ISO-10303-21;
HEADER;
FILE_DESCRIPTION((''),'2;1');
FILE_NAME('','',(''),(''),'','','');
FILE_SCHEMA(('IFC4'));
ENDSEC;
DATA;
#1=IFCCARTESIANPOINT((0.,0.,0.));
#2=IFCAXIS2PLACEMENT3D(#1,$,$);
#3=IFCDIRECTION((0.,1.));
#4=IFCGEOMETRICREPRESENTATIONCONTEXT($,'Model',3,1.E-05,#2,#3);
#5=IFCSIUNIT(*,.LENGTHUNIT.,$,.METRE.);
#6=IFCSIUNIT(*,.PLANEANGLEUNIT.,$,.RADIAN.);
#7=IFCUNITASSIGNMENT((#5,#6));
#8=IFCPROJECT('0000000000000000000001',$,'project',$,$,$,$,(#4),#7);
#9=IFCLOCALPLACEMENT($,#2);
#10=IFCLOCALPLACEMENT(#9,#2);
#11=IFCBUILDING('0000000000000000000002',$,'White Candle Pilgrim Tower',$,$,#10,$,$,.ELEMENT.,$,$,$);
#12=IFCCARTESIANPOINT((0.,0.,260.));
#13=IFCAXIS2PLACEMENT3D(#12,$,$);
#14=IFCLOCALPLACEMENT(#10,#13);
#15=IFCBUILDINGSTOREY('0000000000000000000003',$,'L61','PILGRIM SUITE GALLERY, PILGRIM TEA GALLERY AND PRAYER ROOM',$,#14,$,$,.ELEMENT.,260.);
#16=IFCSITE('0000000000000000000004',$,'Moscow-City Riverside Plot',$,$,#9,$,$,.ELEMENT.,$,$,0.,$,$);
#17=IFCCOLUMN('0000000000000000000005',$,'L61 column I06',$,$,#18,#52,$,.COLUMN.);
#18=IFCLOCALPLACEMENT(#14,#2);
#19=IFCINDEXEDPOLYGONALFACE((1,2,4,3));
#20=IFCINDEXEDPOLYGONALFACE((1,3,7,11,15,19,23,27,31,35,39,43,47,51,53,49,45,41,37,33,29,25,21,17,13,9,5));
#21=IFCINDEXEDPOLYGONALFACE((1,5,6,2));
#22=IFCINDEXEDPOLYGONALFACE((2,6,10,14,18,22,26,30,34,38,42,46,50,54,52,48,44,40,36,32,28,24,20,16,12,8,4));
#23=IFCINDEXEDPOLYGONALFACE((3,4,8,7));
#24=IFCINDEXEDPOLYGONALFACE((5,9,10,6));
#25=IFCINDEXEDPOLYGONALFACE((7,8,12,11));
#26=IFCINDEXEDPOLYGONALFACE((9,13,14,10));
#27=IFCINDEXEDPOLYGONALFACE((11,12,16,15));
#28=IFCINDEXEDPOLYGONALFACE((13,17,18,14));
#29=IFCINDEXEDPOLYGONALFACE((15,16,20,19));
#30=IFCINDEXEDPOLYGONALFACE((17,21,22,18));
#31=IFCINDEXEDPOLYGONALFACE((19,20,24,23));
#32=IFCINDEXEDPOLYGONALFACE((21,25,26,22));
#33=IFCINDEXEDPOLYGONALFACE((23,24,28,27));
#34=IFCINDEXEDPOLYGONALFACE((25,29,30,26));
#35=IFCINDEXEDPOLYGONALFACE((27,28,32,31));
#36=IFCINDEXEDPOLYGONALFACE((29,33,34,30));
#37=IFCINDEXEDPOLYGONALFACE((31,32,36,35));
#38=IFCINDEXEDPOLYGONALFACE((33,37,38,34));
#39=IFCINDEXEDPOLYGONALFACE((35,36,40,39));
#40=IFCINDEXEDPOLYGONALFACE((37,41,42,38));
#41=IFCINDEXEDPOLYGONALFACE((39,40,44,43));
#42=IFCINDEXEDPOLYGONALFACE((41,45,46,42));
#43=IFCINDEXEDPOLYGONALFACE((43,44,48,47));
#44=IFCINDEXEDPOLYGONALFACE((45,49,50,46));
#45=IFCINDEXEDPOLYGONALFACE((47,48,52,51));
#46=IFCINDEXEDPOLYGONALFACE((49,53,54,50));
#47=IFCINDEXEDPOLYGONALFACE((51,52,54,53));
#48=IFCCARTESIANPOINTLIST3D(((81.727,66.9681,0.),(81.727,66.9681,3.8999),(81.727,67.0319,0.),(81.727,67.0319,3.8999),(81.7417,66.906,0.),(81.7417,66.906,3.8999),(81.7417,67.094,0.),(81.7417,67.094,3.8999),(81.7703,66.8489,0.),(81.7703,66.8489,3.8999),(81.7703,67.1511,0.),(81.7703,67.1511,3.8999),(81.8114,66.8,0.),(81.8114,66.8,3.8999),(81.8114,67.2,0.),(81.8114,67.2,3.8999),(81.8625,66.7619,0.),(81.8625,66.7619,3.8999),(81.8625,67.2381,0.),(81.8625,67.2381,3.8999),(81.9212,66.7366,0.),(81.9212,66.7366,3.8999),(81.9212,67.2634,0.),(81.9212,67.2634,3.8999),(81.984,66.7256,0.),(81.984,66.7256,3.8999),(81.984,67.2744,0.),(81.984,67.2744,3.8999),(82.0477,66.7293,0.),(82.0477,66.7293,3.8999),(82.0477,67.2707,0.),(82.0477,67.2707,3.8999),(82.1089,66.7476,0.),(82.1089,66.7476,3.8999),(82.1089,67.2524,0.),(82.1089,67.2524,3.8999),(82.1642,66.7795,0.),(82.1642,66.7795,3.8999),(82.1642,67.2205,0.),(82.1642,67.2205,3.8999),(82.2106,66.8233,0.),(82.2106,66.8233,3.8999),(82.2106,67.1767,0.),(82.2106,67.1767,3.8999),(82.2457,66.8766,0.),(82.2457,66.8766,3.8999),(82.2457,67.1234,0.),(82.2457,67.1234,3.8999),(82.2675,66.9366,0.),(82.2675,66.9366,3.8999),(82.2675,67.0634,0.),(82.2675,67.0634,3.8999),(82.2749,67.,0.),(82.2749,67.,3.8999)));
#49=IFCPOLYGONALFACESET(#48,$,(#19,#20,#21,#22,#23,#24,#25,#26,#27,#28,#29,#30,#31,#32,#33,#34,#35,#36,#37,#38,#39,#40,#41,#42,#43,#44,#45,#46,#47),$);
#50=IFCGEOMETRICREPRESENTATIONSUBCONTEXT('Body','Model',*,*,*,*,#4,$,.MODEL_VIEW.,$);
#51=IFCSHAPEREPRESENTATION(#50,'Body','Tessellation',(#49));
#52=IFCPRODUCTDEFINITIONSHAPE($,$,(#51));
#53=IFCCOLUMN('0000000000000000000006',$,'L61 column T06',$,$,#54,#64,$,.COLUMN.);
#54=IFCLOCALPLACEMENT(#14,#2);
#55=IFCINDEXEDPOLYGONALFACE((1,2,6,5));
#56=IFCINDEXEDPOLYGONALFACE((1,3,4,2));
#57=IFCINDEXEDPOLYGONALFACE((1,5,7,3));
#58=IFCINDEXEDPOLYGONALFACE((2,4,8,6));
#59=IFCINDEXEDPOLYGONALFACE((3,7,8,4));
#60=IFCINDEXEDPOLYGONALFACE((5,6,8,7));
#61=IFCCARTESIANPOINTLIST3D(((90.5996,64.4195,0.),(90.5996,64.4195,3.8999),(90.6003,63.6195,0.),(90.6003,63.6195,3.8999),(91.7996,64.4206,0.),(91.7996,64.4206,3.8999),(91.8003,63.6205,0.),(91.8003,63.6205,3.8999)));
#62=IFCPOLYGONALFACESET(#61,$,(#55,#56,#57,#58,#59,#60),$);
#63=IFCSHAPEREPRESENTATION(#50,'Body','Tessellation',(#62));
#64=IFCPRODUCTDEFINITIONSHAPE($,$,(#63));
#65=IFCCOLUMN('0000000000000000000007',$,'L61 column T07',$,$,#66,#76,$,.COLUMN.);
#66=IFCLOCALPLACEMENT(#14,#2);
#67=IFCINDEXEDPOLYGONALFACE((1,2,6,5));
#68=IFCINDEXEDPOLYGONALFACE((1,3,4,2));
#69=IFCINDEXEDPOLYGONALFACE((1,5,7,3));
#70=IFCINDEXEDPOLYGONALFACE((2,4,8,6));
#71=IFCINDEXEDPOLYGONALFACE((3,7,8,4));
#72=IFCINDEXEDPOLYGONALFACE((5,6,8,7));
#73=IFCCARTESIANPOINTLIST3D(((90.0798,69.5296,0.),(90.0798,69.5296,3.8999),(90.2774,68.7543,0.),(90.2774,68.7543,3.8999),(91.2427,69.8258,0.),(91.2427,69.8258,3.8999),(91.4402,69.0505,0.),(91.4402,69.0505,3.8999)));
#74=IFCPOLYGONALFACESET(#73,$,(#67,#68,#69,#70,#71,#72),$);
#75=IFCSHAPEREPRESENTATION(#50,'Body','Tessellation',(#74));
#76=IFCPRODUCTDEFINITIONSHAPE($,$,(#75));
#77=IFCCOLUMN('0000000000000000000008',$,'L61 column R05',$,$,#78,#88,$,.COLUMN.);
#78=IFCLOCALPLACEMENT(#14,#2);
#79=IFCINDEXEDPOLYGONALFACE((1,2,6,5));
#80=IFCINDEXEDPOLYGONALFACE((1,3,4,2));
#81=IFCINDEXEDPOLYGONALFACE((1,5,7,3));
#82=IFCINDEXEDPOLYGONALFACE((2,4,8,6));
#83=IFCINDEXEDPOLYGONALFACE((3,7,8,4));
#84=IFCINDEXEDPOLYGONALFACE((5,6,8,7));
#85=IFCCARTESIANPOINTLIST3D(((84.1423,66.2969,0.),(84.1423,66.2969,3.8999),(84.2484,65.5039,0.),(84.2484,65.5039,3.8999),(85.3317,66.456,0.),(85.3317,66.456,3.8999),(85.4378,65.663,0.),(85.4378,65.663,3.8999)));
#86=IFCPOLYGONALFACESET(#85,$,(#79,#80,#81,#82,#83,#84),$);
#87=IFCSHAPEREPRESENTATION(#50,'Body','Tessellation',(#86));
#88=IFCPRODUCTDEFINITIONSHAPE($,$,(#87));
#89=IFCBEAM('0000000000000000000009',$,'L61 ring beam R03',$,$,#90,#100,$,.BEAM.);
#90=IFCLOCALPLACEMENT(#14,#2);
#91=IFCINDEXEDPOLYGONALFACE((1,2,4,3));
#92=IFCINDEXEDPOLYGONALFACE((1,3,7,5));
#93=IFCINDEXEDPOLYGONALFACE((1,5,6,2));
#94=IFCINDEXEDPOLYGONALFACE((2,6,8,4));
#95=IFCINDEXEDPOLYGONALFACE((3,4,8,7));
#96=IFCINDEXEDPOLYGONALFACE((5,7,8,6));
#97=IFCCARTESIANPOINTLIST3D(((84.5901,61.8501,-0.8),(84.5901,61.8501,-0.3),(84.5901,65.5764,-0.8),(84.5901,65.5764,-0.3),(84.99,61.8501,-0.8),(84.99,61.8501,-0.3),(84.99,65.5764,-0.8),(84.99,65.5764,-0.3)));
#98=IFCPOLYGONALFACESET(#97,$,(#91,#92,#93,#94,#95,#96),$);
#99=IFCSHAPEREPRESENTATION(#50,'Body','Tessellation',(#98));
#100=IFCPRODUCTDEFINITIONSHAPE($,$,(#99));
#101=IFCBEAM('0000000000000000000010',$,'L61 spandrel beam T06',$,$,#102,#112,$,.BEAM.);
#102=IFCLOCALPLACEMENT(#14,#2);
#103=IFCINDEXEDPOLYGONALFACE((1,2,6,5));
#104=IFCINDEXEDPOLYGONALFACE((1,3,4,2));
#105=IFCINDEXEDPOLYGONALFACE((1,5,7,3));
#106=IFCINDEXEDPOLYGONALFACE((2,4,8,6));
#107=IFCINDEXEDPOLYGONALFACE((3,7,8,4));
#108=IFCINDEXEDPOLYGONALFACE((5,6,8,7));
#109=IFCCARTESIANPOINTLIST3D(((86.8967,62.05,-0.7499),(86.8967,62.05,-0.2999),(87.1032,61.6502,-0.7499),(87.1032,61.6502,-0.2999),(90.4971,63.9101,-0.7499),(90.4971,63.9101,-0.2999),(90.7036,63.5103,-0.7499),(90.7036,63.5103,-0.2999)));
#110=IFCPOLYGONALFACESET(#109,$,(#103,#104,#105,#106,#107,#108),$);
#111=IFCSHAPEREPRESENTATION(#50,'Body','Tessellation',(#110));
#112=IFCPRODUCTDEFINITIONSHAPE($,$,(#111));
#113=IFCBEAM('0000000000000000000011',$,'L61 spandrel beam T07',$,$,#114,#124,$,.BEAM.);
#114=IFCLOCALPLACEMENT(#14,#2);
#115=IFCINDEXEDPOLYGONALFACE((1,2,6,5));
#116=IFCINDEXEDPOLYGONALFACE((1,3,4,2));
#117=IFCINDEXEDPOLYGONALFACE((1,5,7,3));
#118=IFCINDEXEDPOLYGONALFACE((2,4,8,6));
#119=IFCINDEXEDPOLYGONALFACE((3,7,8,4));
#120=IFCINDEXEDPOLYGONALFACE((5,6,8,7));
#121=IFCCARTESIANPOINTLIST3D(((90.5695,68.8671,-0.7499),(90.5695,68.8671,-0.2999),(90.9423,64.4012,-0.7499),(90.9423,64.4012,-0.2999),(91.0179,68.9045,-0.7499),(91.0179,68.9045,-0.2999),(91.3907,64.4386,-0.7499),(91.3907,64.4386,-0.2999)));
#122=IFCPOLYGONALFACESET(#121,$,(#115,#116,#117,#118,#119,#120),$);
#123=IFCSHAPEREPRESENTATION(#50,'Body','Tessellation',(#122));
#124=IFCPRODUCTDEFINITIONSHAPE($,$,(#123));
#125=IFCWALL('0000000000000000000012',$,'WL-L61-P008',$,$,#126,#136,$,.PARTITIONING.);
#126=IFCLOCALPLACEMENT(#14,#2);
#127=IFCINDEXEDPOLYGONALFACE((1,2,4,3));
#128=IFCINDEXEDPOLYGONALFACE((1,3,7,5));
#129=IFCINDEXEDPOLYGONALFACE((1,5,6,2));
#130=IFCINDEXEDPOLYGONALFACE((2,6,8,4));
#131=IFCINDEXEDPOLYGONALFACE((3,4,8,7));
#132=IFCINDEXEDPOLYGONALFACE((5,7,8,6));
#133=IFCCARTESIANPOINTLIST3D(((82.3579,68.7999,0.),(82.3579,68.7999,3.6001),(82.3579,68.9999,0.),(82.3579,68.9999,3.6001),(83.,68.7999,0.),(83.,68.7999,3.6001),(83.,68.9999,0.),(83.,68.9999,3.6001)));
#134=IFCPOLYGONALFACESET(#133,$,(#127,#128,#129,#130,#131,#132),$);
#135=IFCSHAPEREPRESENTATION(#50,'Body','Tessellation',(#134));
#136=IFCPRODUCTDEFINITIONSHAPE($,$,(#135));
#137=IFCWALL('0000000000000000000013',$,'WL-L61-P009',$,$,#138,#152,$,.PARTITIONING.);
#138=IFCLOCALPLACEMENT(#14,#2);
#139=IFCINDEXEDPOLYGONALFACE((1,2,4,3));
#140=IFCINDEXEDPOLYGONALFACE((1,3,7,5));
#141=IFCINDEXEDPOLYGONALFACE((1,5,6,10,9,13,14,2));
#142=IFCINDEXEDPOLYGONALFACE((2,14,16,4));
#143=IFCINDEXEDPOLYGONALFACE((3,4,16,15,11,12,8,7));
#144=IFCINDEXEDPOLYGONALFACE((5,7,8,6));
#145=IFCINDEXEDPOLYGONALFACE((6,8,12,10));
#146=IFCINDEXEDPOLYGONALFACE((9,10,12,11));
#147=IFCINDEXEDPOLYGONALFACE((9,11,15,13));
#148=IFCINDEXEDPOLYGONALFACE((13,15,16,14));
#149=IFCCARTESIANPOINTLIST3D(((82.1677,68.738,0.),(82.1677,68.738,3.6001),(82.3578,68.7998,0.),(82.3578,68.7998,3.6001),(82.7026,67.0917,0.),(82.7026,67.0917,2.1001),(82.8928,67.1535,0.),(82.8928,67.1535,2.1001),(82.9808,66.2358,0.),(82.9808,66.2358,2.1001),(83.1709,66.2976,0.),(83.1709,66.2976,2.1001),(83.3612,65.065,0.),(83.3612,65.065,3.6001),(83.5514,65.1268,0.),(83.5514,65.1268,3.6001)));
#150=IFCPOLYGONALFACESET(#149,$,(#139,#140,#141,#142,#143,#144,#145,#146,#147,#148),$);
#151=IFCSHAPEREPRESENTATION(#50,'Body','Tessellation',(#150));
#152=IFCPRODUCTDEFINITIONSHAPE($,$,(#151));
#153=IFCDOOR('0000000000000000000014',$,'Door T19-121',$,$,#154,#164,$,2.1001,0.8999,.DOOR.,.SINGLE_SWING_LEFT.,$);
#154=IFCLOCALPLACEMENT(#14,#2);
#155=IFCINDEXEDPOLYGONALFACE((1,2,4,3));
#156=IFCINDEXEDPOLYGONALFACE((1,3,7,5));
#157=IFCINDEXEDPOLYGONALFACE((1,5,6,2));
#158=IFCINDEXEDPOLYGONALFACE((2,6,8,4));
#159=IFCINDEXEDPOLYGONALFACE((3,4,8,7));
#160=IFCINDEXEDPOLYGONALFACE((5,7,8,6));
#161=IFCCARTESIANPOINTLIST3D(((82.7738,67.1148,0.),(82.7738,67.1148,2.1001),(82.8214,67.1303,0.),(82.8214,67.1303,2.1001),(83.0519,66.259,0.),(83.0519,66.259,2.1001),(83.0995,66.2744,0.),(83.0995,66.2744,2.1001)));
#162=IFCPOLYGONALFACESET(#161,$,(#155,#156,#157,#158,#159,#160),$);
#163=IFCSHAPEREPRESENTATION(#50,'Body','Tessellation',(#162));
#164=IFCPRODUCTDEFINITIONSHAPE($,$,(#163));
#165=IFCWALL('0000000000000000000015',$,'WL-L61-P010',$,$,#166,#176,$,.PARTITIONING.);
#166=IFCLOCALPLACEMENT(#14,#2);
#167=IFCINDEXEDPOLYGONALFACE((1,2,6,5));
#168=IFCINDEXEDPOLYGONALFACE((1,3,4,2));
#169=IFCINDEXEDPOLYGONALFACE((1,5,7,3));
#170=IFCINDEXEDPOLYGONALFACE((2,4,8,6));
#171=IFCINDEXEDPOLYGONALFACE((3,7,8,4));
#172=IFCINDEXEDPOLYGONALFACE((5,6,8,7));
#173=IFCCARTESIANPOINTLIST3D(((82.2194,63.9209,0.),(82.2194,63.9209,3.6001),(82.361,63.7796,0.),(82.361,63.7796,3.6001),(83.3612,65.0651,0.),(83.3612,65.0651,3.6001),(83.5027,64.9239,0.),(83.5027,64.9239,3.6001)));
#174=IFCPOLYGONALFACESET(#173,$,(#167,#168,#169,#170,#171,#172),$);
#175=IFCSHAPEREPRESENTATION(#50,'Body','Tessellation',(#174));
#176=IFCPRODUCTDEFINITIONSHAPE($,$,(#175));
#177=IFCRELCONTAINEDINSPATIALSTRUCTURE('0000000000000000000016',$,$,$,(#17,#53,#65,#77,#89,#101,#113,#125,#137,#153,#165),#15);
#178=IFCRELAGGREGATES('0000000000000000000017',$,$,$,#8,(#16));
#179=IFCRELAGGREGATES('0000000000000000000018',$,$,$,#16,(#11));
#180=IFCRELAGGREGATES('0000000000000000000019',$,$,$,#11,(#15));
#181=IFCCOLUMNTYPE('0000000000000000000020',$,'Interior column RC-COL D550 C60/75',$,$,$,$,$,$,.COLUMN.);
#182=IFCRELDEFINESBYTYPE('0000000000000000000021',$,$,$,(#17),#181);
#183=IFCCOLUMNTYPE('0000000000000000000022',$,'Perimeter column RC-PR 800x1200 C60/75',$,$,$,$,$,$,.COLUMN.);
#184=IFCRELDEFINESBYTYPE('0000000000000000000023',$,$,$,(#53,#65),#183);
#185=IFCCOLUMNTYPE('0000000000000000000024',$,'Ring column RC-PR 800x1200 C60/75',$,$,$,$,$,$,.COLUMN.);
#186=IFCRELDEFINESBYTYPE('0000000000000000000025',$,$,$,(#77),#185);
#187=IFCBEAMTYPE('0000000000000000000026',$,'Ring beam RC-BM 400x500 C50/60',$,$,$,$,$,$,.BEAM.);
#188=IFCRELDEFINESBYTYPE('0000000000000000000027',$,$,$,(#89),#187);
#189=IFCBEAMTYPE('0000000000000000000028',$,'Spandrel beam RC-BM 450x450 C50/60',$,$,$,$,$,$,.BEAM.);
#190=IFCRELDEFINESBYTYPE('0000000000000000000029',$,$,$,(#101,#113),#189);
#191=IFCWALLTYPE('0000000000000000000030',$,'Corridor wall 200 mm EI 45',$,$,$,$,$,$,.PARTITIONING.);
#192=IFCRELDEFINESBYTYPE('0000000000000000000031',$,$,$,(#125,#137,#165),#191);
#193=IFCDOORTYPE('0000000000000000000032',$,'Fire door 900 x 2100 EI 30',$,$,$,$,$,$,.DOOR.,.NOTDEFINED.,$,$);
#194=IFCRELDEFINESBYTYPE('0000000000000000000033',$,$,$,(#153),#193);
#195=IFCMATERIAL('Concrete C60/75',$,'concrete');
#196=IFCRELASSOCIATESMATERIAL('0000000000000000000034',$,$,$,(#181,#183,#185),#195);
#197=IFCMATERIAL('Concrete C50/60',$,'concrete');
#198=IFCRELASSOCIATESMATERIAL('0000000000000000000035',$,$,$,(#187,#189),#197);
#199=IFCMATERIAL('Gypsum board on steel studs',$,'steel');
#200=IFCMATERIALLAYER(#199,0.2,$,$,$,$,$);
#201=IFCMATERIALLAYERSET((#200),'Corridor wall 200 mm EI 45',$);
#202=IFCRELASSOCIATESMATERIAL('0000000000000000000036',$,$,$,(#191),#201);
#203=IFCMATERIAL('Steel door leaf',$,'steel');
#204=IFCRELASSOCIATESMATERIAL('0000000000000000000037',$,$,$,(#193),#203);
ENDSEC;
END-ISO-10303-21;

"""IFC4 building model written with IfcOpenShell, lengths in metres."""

from ifc_helpers import new_model, si_unit, direction, frame, frame_2d, origin, origin_2d, place, context, subcontext, project, spatial, rectangle, circle, extrude, material, layer, layer_set, material_profile, profile_set, type_object, element, fill, save


model = new_model("IFC4")

# Units and contexts
model_context = context("Model", 3, precision=1e-05, world=origin(), true_north=direction((0.0, 1.0)))
body_context = subcontext(model_context, "Body", "Model", "MODEL_VIEW")
ifc_project = project(units=[si_unit("LENGTHUNIT", "METRE"), si_unit("PLANEANGLEUNIT", "RADIAN")], contexts=[model_context])

# Site, building, storey
site_placement = place(None, origin())
site = spatial("IfcSite", under=ifc_project, at=site_placement, Name="Moscow-City Riverside Plot", CompositionType="ELEMENT", RefElevation=0.0)
building_placement = place(site_placement, origin())
building = spatial("IfcBuilding", under=site, at=building_placement, Name="White Candle Pilgrim Tower", CompositionType="ELEMENT")
storey_placement = place(building_placement, frame((0.0, 0.0, 260.0)))
storey = spatial("IfcBuildingStorey", under=building, at=storey_placement, Name="L61", Description="PILGRIM SUITE GALLERY, PILGRIM TEA GALLERY AND PRAYER ROOM", CompositionType="ELEMENT", Elevation=260.0)

# Columns
ifc_material_1 = material(Name="Concrete C60/75", Category="concrete")
ifc_material_profile_1 = material_profile(ifc_material_1, circle(Radius=0.2749, at=origin_2d()), Name="RC-COL D550")
ifc_profile_set_1 = profile_set([ifc_material_profile_1], Name="Concrete C60/75")
column_type_1 = type_object("IfcColumnType", Name="Interior column RC-COL D550 C60/75", PredefinedType="COLUMN", material=ifc_profile_set_1)
column_1_placement = place(storey_placement, frame((82.0, 67.0, 0.0), z_axis=(0.0, 0.0, 1.0), x_axis=(1.0, 0.0, 0.0)))
element("IfcColumn", 1, at=column_1_placement, inside=storey, type_object=column_type_1, Name="L61 column I06", PredefinedType="COLUMN", context=body_context, shape_type="SweptSolid", body=[
    extrude(circle(Radius=0.2749, at=origin_2d()), origin(), (0.0, 0.0, 1.0), 3.8999),
])
ifc_material_profile_2 = material_profile(ifc_material_1, rectangle(XDim=0.8, YDim=1.2, at=origin_2d()), Name="RC-PR 800x1200")
ifc_profile_set_2 = profile_set([ifc_material_profile_2], Name="Concrete C60/75")
column_type_2 = type_object("IfcColumnType", Name="Perimeter column RC-PR 800x1200 C60/75", PredefinedType="COLUMN", material=ifc_profile_set_2)
for number, where, z_axis, x_axis, name in (
    (2, (91.2, 64.02, 0.0), (0.0, 0.0, 1.0), (0.000855, -1.0, 0.0), "L61 column T06"),
    (3, (90.76, 69.29, 0.0), (0.0, 0.0, 1.0), (0.246881, -0.969046, 0.0), "L61 column T07"),
):
    element("IfcColumn", number, at=place(storey_placement, frame(where, z_axis=z_axis, x_axis=x_axis)), inside=storey, type_object=column_type_2, Name=name, PredefinedType="COLUMN", context=body_context, shape_type="SweptSolid", body=[
        extrude(rectangle(XDim=0.8, YDim=1.2, at=origin_2d()), origin(), (0.0, 0.0, 1.0), 3.8999),
    ])
ifc_material_profile_3 = material_profile(ifc_material_1, rectangle(XDim=0.8, YDim=1.2, at=origin_2d()), Name="RC-PR 800x1200")
ifc_profile_set_3 = profile_set([ifc_material_profile_3], Name="Concrete C60/75")
column_type_3 = type_object("IfcColumnType", Name="Ring column RC-PR 800x1200 C60/75", PredefinedType="COLUMN", material=ifc_profile_set_3)
column_2_placement = place(storey_placement, frame((84.79, 65.98, 0.0), z_axis=(0.0, 0.0, 1.0), x_axis=(0.132602, -0.991169, 0.0)))
element("IfcColumn", 4, at=column_2_placement, inside=storey, type_object=column_type_3, Name="L61 column R05", PredefinedType="COLUMN", context=body_context, shape_type="SweptSolid", body=[
    extrude(rectangle(XDim=0.8, YDim=1.2, at=origin_2d()), origin(), (0.0, 0.0, 1.0), 3.8999),
])

# Beams
ifc_material_2 = material(Name="Concrete C50/60", Category="concrete")
ifc_material_profile_4 = material_profile(ifc_material_2, rectangle(XDim=0.3999, YDim=0.5, at=origin_2d()), Name="RC-BM 400x500")
ifc_profile_set_4 = profile_set([ifc_material_profile_4], Name="Concrete C50/60")
beam_type_1 = type_object("IfcBeamType", Name="Ring beam RC-BM 400x500 C50/60", PredefinedType="BEAM", material=ifc_profile_set_4)
beam_1_placement = place(storey_placement, frame((84.79, 65.5764, -0.55), z_axis=(0.0, -1.0, 0.0), x_axis=(1.0, 0.0, 0.0)))
element("IfcBeam", 5, at=beam_1_placement, inside=storey, type_object=beam_type_1, Name="L61 ring beam R03", PredefinedType="BEAM", context=body_context, shape_type="SweptSolid", body=[
    extrude(rectangle(XDim=0.3999, YDim=0.5, at=origin_2d()), origin(), (0.0, 0.0, 1.0), 3.7263),
])
ifc_material_profile_5 = material_profile(ifc_material_2, rectangle(XDim=0.45, YDim=0.45, at=origin_2d()), Name="RC-BM 450x450")
ifc_profile_set_5 = profile_set([ifc_material_profile_5], Name="Concrete C50/60")
beam_type_2 = type_object("IfcBeamType", Name="Spandrel beam RC-BM 450x450 C50/60", PredefinedType="BEAM", material=ifc_profile_set_5)
beam_2_placement = place(storey_placement, frame((90.6003, 63.7102, -0.5249), z_axis=(-0.888433, -0.459007, 0.0), x_axis=(0.459007, -0.888433, 0.0)))
element("IfcBeam", 6, at=beam_2_placement, inside=storey, type_object=beam_type_2, Name="L61 spandrel beam T06", PredefinedType="BEAM", context=body_context, shape_type="SweptSolid", body=[
    extrude(rectangle(XDim=0.45, YDim=0.45, at=origin_2d()), origin(), (0.0, 0.0, 1.0), 4.0525),
])
beam_3_placement = place(storey_placement, frame((91.1665, 64.4199, -0.5249), z_axis=(-0.08319, 0.996534, 0.0), x_axis=(-0.996534, -0.08319, 0.0)))
element("IfcBeam", 7, at=beam_3_placement, inside=storey, type_object=beam_type_2, Name="L61 spandrel beam T07", PredefinedType="BEAM", context=body_context, shape_type="SweptSolid", body=[
    extrude(rectangle(XDim=0.45, YDim=0.45, at=origin_2d()), origin(), (0.0, 0.0, 1.0), 4.4814),
])

# Wall
ifc_material_3 = material(Name="Gypsum board on steel studs", Category="steel")
ifc_layer_1 = layer(ifc_material_3, 0.2)
ifc_layer_set_1 = layer_set([ifc_layer_1], Name="Corridor wall 200 mm EI 45")
wall_type_1 = type_object("IfcWallType", Name="Corridor wall 200 mm EI 45", PredefinedType="PARTITIONING", material=ifc_layer_set_1)
wall_1_placement = place(storey_placement, frame((83.0, 68.8999, 0.0), z_axis=(0.0, 0.0, 1.0), x_axis=(-1.0, 0.0, 0.0)))
element("IfcWall", 8, at=wall_1_placement, inside=storey, type_object=wall_type_1, Name="WL-L61-P008", PredefinedType="PARTITIONING", context=body_context, shape_type="SweptSolid", body=[
    extrude(rectangle(XDim=0.6421, YDim=0.2, at=frame_2d((0.321, 0.0))), origin(), (0.0, 0.0, 1.0), 3.6001),
])

# Wall, opening, door
wall_2_placement = place(storey_placement, frame((82.2627, 68.769, 0.0), z_axis=(0.0, 0.0, 1.0), x_axis=(0.30905, -0.951046, 0.0)))
wall_2 = element("IfcWall", 9, at=wall_2_placement, inside=storey, type_object=wall_type_1, Name="WL-L61-P009", PredefinedType="PARTITIONING", context=body_context, shape_type="SweptSolid", body=[
    extrude(rectangle(XDim=3.8621, YDim=0.2, at=frame_2d((1.9312, 0.0))), origin(), (0.0, 0.0, 1.0), 3.6001),
])
opening_1_placement = place(wall_2_placement, frame((1.7312, 0.0, 0.0)))
opening_1 = element("IfcOpeningElement", 10, at=opening_1_placement, cuts=wall_2, PredefinedType="OPENING", context=body_context, shape_type="SweptSolid", body=[
    extrude(rectangle(XDim=0.8999, YDim=2.1001, at=frame_2d((0.45, 1.05))), frame((0.0, 0.1099, 0.0), z_axis=(0.0, -1.0, 0.0), x_axis=(1.0, 0.0, 0.0)), (0.0, 0.0, 1.0), 0.22),
])
ifc_material_4 = material(Name="Steel door leaf", Category="steel")
door_type = type_object("IfcDoorType", Name="Fire door 900 x 2100 EI 30", OperationType="NOTDEFINED", PredefinedType="DOOR", material=ifc_material_4)
door_1_placement = place(opening_1_placement, origin())
door_1 = element("IfcDoor", 11, at=door_1_placement, inside=storey, type_object=door_type, Name="Door T19-121", OperationType="SINGLE_SWING_LEFT", OverallHeight=2.1001, OverallWidth=0.8999, PredefinedType="DOOR", context=body_context, shape_type="SweptSolid", body=[
    extrude(rectangle(XDim=0.8999, YDim=2.1001, at=frame_2d((0.45, 1.05))), frame((0.0, 0.0249, 0.0), z_axis=(0.0, -1.0, 0.0), x_axis=(1.0, 0.0, 0.0)), (0.0, 0.0, 1.0), 0.05),
])
fill(opening_1, door_1)

# Wall
wall_3_placement = place(storey_placement, frame((83.4319, 64.9944, 0.0), z_axis=(0.0, 0.0, 1.0), x_axis=(-0.706351, -0.707862, 0.0)))
element("IfcWall", 12, at=wall_3_placement, inside=storey, type_object=wall_type_1, Name="WL-L61-P010", PredefinedType="PARTITIONING", context=body_context, shape_type="SweptSolid", body=[
    extrude(rectangle(XDim=1.6165, YDim=0.2, at=frame_2d((0.8081, 0.0))), origin(), (0.0, 0.0, 1.0), 3.6001),
])

save(model, "model.ifc")
